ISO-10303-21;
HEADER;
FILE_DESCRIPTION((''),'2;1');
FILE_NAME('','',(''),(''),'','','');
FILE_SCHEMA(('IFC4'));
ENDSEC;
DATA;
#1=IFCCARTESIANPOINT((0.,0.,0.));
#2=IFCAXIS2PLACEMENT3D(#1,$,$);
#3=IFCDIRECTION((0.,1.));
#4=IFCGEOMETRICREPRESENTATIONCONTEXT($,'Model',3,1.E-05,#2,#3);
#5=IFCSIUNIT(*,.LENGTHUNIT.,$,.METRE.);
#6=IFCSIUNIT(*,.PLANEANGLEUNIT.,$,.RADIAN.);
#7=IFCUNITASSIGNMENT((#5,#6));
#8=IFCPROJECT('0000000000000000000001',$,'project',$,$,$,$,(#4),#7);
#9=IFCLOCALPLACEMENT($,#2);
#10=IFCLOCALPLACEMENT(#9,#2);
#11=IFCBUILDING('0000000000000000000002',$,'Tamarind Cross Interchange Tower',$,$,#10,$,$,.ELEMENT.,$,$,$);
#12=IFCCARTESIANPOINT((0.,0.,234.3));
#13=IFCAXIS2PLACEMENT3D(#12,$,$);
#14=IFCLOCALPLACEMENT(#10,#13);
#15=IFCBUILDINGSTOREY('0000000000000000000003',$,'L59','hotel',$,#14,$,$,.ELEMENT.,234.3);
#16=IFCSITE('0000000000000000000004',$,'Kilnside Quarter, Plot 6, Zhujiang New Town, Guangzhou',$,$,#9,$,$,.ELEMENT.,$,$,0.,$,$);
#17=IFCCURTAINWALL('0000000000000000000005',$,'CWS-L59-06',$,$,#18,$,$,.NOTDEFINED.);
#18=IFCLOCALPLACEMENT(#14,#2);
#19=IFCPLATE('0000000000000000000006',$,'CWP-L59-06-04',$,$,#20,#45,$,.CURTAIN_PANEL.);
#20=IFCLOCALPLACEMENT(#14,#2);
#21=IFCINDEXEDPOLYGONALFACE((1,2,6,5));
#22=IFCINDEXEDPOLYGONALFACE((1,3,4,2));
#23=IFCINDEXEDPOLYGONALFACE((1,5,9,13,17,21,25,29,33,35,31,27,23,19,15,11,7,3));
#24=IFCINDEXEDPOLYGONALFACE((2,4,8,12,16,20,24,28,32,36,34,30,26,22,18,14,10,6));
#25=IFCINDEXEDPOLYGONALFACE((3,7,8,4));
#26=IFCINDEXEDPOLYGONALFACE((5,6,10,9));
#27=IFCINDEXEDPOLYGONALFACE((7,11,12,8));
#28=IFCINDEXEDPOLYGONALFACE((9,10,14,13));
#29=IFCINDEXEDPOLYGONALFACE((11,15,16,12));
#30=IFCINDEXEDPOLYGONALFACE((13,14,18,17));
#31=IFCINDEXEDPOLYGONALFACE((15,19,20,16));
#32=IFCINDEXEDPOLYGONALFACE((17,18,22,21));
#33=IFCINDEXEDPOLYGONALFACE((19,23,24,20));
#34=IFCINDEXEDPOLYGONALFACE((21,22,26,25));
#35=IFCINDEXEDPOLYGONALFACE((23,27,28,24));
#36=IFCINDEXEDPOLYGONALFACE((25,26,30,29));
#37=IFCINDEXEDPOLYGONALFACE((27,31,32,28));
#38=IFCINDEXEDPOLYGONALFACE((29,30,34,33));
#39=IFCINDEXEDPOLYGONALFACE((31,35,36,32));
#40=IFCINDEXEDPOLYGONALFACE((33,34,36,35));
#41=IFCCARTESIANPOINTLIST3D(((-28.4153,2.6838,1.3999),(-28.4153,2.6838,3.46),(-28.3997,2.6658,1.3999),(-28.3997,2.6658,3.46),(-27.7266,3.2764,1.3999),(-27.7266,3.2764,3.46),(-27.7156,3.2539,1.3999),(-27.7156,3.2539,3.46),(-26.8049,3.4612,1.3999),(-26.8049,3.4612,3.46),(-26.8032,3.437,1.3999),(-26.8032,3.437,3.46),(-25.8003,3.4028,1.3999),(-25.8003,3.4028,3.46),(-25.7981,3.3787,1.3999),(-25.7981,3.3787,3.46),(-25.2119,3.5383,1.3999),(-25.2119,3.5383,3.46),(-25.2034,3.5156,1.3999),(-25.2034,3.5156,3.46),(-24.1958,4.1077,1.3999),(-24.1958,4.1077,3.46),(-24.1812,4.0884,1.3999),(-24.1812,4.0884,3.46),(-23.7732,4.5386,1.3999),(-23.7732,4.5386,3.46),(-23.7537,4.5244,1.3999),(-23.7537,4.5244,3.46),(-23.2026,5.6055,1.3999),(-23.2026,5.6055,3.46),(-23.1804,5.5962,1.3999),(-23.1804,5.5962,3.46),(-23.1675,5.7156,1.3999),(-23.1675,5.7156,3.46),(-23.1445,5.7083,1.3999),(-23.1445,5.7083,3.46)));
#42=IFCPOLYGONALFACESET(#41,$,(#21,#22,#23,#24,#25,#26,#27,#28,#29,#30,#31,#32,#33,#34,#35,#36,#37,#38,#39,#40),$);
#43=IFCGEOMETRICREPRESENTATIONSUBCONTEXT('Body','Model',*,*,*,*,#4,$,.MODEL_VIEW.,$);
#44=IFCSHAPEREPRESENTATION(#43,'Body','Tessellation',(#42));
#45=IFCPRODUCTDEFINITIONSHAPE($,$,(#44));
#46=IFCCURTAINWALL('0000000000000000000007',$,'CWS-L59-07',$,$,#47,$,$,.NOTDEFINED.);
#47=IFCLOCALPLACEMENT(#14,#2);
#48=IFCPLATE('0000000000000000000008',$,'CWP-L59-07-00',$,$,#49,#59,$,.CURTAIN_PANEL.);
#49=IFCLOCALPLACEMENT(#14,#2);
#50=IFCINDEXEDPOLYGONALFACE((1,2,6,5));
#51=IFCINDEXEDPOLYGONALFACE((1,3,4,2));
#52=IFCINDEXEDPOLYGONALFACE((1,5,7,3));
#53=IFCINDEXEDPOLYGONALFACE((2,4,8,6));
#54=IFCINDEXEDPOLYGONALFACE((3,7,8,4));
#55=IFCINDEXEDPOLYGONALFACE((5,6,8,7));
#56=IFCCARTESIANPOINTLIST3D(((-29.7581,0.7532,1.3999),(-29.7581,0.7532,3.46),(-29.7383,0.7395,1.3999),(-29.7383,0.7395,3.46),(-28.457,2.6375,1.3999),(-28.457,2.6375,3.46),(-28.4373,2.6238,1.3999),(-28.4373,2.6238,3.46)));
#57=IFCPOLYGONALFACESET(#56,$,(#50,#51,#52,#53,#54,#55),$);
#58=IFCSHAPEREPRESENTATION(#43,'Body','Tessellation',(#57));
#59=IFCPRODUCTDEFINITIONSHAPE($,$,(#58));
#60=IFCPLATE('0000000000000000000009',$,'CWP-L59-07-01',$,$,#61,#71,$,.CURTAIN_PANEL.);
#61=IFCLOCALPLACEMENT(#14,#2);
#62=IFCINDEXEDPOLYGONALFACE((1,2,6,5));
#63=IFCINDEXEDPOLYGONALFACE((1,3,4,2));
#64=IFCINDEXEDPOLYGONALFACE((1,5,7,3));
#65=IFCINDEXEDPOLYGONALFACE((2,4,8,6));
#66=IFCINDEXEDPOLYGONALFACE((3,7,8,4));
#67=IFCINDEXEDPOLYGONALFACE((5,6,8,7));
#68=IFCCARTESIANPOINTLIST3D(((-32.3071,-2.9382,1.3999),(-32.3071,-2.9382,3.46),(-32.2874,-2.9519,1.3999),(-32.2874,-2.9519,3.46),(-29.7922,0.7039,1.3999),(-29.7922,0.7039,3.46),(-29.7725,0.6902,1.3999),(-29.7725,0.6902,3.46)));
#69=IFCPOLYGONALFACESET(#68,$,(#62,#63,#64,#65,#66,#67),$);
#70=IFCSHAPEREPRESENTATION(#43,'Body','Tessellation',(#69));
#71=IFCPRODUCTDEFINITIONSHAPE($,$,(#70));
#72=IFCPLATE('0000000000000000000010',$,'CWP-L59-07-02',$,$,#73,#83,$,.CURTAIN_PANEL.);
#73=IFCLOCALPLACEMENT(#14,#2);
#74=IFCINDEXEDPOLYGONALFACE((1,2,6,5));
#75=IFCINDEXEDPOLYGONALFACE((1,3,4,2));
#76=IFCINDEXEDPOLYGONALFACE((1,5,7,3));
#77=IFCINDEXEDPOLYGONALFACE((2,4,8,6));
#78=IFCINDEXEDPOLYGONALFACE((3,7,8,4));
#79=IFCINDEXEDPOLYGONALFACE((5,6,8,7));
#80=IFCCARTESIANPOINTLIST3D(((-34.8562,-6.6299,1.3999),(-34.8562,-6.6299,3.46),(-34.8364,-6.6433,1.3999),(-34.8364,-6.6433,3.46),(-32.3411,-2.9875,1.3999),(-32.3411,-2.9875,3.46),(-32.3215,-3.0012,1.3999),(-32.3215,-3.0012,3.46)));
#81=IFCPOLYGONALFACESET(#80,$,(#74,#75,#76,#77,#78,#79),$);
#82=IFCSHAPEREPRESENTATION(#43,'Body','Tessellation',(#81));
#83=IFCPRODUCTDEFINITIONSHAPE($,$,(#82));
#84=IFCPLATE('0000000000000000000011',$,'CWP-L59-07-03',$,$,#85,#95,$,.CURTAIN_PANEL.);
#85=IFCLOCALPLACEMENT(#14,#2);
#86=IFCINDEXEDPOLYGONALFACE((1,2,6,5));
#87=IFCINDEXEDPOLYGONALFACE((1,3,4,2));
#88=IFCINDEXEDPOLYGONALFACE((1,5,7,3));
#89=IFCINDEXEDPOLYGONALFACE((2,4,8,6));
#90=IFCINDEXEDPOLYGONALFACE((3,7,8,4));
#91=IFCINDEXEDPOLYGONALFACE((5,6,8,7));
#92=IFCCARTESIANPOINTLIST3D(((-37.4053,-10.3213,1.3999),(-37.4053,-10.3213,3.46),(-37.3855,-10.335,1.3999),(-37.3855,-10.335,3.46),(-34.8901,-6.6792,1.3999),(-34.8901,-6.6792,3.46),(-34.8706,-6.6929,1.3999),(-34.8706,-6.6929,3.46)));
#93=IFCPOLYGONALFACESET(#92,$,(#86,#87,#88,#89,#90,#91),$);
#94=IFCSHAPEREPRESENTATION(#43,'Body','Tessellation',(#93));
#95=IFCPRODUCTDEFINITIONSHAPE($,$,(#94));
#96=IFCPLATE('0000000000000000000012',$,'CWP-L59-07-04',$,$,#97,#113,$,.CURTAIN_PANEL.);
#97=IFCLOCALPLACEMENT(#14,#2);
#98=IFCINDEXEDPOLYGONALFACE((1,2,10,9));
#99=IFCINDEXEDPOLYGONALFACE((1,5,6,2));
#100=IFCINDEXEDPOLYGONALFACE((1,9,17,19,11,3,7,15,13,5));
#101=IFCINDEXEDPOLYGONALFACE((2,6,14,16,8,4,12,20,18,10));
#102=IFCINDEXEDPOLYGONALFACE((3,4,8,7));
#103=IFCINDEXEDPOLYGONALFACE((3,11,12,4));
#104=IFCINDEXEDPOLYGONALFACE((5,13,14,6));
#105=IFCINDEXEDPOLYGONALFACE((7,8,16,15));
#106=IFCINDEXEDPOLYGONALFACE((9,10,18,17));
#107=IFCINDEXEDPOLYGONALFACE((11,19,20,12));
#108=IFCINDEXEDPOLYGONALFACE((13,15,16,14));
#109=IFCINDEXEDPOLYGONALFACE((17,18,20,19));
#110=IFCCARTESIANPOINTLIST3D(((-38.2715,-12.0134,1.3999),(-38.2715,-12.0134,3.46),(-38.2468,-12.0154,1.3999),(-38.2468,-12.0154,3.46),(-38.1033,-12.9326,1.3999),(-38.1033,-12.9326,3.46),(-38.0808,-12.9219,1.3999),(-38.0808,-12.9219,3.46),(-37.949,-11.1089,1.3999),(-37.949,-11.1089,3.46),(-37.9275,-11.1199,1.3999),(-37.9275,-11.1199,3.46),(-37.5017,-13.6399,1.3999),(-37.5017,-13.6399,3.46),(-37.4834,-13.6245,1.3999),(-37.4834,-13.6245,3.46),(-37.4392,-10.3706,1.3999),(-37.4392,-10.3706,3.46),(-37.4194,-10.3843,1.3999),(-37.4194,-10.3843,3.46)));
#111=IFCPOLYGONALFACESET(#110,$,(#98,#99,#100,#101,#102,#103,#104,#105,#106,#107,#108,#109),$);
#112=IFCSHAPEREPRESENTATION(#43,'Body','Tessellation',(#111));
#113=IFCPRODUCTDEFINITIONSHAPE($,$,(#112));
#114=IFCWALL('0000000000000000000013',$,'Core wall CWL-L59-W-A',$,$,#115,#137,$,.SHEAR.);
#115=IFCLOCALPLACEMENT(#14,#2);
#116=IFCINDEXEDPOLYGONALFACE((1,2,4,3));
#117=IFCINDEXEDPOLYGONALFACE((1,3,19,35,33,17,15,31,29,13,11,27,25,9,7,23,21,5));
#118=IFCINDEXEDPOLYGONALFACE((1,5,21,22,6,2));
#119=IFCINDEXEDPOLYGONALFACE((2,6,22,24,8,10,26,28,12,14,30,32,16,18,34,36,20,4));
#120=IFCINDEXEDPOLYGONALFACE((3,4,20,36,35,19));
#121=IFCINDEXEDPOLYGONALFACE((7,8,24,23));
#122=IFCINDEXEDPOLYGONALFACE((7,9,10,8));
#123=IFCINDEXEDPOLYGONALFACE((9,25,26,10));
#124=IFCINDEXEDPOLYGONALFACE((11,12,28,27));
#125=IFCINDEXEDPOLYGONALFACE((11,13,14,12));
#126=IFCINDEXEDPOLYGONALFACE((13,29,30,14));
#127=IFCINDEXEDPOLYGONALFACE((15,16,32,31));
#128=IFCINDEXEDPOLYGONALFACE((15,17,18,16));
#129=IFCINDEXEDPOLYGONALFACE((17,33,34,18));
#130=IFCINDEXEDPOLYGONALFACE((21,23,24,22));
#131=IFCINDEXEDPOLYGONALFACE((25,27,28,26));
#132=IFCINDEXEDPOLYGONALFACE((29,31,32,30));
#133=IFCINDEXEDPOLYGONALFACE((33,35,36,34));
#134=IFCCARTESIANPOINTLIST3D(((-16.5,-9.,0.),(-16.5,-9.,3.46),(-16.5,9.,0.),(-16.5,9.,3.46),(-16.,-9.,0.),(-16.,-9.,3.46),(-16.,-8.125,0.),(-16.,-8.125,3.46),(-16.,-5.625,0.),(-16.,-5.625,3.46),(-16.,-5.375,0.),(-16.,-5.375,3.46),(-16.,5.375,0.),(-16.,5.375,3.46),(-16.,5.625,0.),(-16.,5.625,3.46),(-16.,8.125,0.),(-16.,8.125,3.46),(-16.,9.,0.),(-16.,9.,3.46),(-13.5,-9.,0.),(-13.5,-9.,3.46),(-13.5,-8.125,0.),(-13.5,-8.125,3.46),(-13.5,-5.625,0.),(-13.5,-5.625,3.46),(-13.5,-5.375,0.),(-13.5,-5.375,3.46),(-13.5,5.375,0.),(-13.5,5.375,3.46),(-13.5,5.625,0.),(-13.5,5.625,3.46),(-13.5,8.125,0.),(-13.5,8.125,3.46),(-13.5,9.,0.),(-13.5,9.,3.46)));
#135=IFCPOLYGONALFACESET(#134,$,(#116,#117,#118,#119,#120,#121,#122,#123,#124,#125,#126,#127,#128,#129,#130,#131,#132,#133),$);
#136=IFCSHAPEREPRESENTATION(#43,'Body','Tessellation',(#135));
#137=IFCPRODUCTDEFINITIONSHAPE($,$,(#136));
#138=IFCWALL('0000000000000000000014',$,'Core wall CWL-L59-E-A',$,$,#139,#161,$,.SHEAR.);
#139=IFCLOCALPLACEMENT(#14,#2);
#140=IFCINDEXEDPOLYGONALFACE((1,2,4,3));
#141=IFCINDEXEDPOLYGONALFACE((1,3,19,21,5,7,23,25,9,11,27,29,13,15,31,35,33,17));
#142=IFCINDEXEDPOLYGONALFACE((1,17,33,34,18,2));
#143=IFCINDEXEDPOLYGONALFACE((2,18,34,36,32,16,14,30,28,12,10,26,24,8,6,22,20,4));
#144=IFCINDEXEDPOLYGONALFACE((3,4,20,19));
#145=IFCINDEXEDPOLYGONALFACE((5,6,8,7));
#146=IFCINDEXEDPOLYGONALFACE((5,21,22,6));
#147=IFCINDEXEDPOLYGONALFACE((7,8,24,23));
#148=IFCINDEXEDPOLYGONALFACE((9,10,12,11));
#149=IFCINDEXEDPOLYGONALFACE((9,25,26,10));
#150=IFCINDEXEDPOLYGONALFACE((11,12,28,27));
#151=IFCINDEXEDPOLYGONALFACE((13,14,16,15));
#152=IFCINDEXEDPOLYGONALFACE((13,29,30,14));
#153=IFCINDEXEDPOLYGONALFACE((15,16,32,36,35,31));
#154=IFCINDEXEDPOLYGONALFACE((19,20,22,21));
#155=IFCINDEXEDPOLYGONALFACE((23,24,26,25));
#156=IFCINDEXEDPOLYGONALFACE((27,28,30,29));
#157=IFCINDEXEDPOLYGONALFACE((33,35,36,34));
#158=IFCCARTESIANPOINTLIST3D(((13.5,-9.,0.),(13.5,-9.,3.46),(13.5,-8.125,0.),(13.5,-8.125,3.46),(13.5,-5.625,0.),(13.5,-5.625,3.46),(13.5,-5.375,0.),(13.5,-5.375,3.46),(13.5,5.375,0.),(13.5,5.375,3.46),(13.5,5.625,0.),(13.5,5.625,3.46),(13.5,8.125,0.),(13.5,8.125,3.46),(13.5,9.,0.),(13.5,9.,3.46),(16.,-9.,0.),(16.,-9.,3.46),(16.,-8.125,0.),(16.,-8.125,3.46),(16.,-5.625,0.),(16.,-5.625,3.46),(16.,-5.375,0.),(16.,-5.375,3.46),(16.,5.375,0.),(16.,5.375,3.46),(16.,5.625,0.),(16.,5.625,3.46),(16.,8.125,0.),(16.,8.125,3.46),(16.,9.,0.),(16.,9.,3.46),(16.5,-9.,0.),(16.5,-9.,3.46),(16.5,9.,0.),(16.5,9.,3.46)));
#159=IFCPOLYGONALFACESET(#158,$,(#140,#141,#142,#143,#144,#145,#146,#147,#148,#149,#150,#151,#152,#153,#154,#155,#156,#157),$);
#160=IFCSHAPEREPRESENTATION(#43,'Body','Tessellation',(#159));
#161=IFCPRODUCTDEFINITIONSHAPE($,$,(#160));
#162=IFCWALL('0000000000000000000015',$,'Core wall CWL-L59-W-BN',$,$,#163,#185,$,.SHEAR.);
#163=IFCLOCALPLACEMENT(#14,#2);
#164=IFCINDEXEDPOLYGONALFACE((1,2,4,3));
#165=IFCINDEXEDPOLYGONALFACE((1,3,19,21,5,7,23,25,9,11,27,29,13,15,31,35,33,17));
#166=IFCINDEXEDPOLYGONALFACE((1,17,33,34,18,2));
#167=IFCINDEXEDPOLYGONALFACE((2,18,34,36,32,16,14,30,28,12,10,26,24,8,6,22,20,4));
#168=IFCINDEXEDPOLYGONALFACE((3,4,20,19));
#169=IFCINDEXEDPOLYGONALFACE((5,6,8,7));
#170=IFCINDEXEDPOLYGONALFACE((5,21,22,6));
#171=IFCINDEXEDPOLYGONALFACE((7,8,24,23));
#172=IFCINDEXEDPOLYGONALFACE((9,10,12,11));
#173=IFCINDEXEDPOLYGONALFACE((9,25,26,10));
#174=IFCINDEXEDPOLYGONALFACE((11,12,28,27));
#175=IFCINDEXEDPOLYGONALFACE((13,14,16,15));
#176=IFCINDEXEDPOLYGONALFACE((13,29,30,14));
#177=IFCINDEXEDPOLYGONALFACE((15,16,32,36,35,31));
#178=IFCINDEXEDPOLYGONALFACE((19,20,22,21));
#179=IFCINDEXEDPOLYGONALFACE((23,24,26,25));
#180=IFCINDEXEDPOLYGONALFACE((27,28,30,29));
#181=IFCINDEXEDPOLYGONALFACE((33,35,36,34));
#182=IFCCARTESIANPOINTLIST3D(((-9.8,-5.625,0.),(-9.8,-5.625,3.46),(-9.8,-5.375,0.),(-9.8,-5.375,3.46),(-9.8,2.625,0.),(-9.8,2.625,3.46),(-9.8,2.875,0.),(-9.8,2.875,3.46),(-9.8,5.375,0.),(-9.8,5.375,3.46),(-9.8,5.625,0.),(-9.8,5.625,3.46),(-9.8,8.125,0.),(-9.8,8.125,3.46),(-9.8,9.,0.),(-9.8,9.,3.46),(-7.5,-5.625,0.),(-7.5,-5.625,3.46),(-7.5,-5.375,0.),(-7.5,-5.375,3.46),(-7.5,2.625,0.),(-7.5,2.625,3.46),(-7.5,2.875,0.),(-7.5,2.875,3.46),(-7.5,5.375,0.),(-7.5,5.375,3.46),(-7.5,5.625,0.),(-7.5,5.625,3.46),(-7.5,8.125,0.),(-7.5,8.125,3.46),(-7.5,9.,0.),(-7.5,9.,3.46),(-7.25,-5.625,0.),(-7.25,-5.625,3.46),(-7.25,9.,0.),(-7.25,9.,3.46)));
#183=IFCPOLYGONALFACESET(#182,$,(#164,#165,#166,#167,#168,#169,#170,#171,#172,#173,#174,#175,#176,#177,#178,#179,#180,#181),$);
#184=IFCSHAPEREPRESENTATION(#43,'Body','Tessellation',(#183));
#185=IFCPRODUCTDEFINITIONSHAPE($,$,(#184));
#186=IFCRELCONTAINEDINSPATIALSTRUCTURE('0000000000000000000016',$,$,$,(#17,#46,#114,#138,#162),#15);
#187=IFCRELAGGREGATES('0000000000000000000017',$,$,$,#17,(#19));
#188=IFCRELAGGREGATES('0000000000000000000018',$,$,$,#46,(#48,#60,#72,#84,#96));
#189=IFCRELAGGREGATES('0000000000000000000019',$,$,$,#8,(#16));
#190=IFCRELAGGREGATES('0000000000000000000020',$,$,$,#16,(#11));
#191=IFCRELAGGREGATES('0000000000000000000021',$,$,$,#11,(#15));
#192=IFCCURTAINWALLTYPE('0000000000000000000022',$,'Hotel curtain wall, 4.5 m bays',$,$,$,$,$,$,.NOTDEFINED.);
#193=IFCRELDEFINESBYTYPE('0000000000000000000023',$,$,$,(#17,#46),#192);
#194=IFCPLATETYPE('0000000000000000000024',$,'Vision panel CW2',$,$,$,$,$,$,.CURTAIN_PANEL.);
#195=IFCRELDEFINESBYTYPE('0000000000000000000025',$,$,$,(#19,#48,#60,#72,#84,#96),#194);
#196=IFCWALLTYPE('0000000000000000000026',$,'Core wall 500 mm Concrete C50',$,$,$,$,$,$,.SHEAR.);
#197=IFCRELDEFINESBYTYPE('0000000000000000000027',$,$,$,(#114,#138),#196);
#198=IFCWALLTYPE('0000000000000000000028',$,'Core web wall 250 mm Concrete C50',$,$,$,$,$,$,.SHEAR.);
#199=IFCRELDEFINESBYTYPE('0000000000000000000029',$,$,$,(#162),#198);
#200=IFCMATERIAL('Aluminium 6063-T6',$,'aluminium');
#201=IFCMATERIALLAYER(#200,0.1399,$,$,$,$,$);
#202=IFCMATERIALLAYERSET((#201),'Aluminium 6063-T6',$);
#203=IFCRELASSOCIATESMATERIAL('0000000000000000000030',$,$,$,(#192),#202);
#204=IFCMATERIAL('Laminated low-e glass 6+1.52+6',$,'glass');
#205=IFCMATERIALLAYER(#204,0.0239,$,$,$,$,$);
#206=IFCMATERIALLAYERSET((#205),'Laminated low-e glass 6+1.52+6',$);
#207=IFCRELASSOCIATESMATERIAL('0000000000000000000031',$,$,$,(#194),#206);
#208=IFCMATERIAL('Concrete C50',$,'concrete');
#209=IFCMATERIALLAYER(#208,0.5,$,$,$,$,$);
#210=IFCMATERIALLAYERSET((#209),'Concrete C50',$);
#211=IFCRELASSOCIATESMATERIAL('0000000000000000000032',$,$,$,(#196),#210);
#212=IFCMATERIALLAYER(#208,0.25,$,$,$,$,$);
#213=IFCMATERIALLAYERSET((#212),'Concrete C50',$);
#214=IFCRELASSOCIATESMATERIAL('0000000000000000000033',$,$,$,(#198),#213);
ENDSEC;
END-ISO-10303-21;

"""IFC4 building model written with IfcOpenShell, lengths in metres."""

from ifc_helpers import new_model, si_unit, direction, frame, origin, place, context, subcontext, project, spatial, polyline, outline, extrude, material, layer, layer_set, type_object, element, aggregate, save


model = new_model("IFC4")

# Units and contexts
model_context = context("Model", 3, precision=1e-05, world=origin(), true_north=direction((0.0, 1.0)))
body_context = subcontext(model_context, "Body", "Model", "MODEL_VIEW")
ifc_project = project(units=[si_unit("LENGTHUNIT", "METRE"), si_unit("PLANEANGLEUNIT", "RADIAN")], contexts=[model_context])

# Site, building, storey
site_placement = place(None, origin())
site = spatial("IfcSite", under=ifc_project, at=site_placement, Name="Kilnside Quarter, Plot 6, Zhujiang New Town, Guangzhou", CompositionType="ELEMENT", RefElevation=0.0)
building_placement = place(site_placement, origin())
building = spatial("IfcBuilding", under=site, at=building_placement, Name="Tamarind Cross Interchange Tower", CompositionType="ELEMENT")
storey_placement = place(building_placement, frame((0.0, 0.0, 234.3)))
storey = spatial("IfcBuildingStorey", under=building, at=storey_placement, Name="L59", Description="hotel", CompositionType="ELEMENT", Elevation=234.3)

# Shared definitions
ifc_material_1 = material(Name="Aluminium 6063-T6", Category="aluminium")
ifc_layer_1 = layer(ifc_material_1, 0.1399)
ifc_layer_set_1 = layer_set([ifc_layer_1], Name="Aluminium 6063-T6")
curtain_wall_type = type_object("IfcCurtainWallType", Name="Hotel curtain wall, 4.5 m bays", PredefinedType="NOTDEFINED", material=ifc_layer_set_1)
ifc_material_2 = material(Name="Laminated low-e glass 6+1.52+6", Category="glass")
ifc_layer_2 = layer(ifc_material_2, 0.0239)
ifc_layer_set_2 = layer_set([ifc_layer_2], Name="Laminated low-e glass 6+1.52+6")
plate_type = type_object("IfcPlateType", Name="Vision panel CW2", PredefinedType="CURTAIN_PANEL", material=ifc_layer_set_2)

# Curtain walls, plates
curtain_wall_1_placement = place(storey_placement, origin())
curtain_wall_1 = element("IfcCurtainWall", 1, at=curtain_wall_1_placement, inside=storey, type_object=curtain_wall_type, Name="CWS-L59-06", PredefinedType="NOTDEFINED")
plate_1_placement = place(storey_placement, frame((0.0, 0.0, 1.3999)))
plate_1 = element("IfcPlate", 2, at=plate_1_placement, type_object=plate_type, Name="CWP-L59-06-04", PredefinedType="CURTAIN_PANEL", context=body_context, shape_type="SweptSolid", body=[
    extrude(outline(polyline([(-23.1445, 5.7083), (-23.1804, 5.5962), (-23.7537, 4.5244), (-24.1812, 4.0884), (-25.2034, 3.5156), (-25.7981, 3.3787), (-26.8032, 3.437), (-27.7156, 3.2539), (-28.3997, 2.6658), (-28.4153, 2.6838), (-27.7266, 3.2764), (-26.8049, 3.4612), (-25.8003, 3.4028), (-25.2119, 3.5383), (-24.1958, 4.1077), (-23.7732, 4.5386), (-23.2026, 5.6055), (-23.1675, 5.7156), (-23.1445, 5.7083)])), origin(), (0.0, 0.0, 1.0), 2.0601),
])
aggregate(curtain_wall_1, [plate_1])
curtain_wall_2_placement = place(storey_placement, origin())
curtain_wall_2 = element("IfcCurtainWall", 3, at=curtain_wall_2_placement, inside=storey, type_object=curtain_wall_type, Name="CWS-L59-07", PredefinedType="NOTDEFINED")
plate_2_placement = place(storey_placement, frame((0.0, 0.0, 1.3999)))
plate_2 = element("IfcPlate", 4, at=plate_2_placement, type_object=plate_type, Name="CWP-L59-07-00", PredefinedType="CURTAIN_PANEL", context=body_context, shape_type="SweptSolid", body=[
    extrude(outline(polyline([(-28.4373, 2.6238), (-29.7383, 0.7395), (-29.7581, 0.7532), (-28.457, 2.6375), (-28.4373, 2.6238)])), origin(), (0.0, 0.0, 1.0), 2.0601),
])
plate_3_placement = place(storey_placement, frame((0.0, 0.0, 1.3999)))
plate_3 = element("IfcPlate", 5, at=plate_3_placement, type_object=plate_type, Name="CWP-L59-07-01", PredefinedType="CURTAIN_PANEL", context=body_context, shape_type="SweptSolid", body=[
    extrude(outline(polyline([(-29.7725, 0.6902), (-32.2874, -2.9519), (-32.3071, -2.9382), (-29.7922, 0.7039), (-29.7725, 0.6902)])), origin(), (0.0, 0.0, 1.0), 2.0601),
])
plate_4_placement = place(storey_placement, frame((0.0, 0.0, 1.3999)))
plate_4 = element("IfcPlate", 6, at=plate_4_placement, type_object=plate_type, Name="CWP-L59-07-02", PredefinedType="CURTAIN_PANEL", context=body_context, shape_type="SweptSolid", body=[
    extrude(outline(polyline([(-32.3215, -3.0012), (-34.8364, -6.6433), (-34.8562, -6.6299), (-32.3411, -2.9875), (-32.3215, -3.0012)])), origin(), (0.0, 0.0, 1.0), 2.0601),
])
plate_5_placement = place(storey_placement, frame((0.0, 0.0, 1.3999)))
plate_5 = element("IfcPlate", 7, at=plate_5_placement, type_object=plate_type, Name="CWP-L59-07-03", PredefinedType="CURTAIN_PANEL", context=body_context, shape_type="SweptSolid", body=[
    extrude(outline(polyline([(-34.8706, -6.6929), (-37.3855, -10.335), (-37.4053, -10.3213), (-34.8901, -6.6792), (-34.8706, -6.6929)])), origin(), (0.0, 0.0, 1.0), 2.0601),
])
plate_6_placement = place(storey_placement, frame((0.0, 0.0, 1.3999)))
plate_6 = element("IfcPlate", 8, at=plate_6_placement, type_object=plate_type, Name="CWP-L59-07-04", PredefinedType="CURTAIN_PANEL", context=body_context, shape_type="SweptSolid", body=[
    extrude(outline(polyline([(-37.4194, -10.3843), (-37.9275, -11.1199), (-38.2468, -12.0154), (-38.0808, -12.9219), (-37.4834, -13.6245), (-37.5017, -13.6399), (-38.1033, -12.9326), (-38.2715, -12.0134), (-37.949, -11.1089), (-37.4392, -10.3706), (-37.4194, -10.3843)])), origin(), (0.0, 0.0, 1.0), 2.0601),
])
aggregate(curtain_wall_2, [plate_2, plate_3, plate_4, plate_5, plate_6])

# Walls
ifc_material_3 = material(Name="Concrete C50", Category="concrete")
ifc_layer_3 = layer(ifc_material_3, 0.5)
ifc_layer_set_3 = layer_set([ifc_layer_3], Name="Concrete C50")
wall_type_1 = type_object("IfcWallType", Name="Core wall 500 mm Concrete C50", PredefinedType="SHEAR", material=ifc_layer_set_3)
wall_1_placement = place(storey_placement, origin())
element("IfcWall", 9, at=wall_1_placement, inside=storey, type_object=wall_type_1, Name="Core wall CWL-L59-W-A", PredefinedType="SHEAR", context=body_context, shape_type="SweptSolid", body=[
    extrude(outline(polyline([(-13.5, -8.125), (-16.0, -8.125), (-16.0, -5.625), (-13.5, -5.625), (-13.5, -5.375), (-16.0, -5.375), (-16.0, 5.375), (-13.5, 5.375), (-13.5, 5.625), (-16.0, 5.625), (-16.0, 8.125), (-13.5, 8.125), (-13.5, 9.0), (-16.0, 9.0), (-16.5, 9.0), (-16.5, -9.0), (-16.0, -9.0), (-13.5, -9.0), (-13.5, -8.125)])), origin(), (0.0, 0.0, 1.0), 3.46),
])
wall_2_placement = place(storey_placement, origin())
element("IfcWall", 10, at=wall_2_placement, inside=storey, type_object=wall_type_1, Name="Core wall CWL-L59-E-A", PredefinedType="SHEAR", context=body_context, shape_type="SweptSolid", body=[
    extrude(outline(polyline([(13.5, -8.125), (13.5, -9.0), (16.0, -9.0), (16.5, -9.0), (16.5, 9.0), (16.0, 9.0), (13.5, 9.0), (13.5, 8.125), (16.0, 8.125), (16.0, 5.625), (13.5, 5.625), (13.5, 5.375), (16.0, 5.375), (16.0, -5.375), (13.5, -5.375), (13.5, -5.625), (16.0, -5.625), (16.0, -8.125), (13.5, -8.125)])), origin(), (0.0, 0.0, 1.0), 3.46),
])
ifc_layer_4 = layer(ifc_material_3, 0.25)
ifc_layer_set_4 = layer_set([ifc_layer_4], Name="Concrete C50")
wall_type_2 = type_object("IfcWallType", Name="Core web wall 250 mm Concrete C50", PredefinedType="SHEAR", material=ifc_layer_set_4)
wall_3_placement = place(storey_placement, origin())
element("IfcWall", 11, at=wall_3_placement, inside=storey, type_object=wall_type_2, Name="Core wall CWL-L59-W-BN", PredefinedType="SHEAR", context=body_context, shape_type="SweptSolid", body=[
    extrude(outline(polyline([(-9.8, -5.375), (-9.8, -5.625), (-7.5, -5.625), (-7.25, -5.625), (-7.25, 9.0), (-7.5, 9.0), (-9.8, 9.0), (-9.8, 8.125), (-7.5, 8.125), (-7.5, 5.625), (-9.8, 5.625), (-9.8, 5.375), (-7.5, 5.375), (-7.5, 2.875), (-9.8, 2.875), (-9.8, 2.625), (-7.5, 2.625), (-7.5, -5.375), (-9.8, -5.375)])), origin(), (0.0, 0.0, 1.0), 3.46),
])

save(model, "model.ifc")
